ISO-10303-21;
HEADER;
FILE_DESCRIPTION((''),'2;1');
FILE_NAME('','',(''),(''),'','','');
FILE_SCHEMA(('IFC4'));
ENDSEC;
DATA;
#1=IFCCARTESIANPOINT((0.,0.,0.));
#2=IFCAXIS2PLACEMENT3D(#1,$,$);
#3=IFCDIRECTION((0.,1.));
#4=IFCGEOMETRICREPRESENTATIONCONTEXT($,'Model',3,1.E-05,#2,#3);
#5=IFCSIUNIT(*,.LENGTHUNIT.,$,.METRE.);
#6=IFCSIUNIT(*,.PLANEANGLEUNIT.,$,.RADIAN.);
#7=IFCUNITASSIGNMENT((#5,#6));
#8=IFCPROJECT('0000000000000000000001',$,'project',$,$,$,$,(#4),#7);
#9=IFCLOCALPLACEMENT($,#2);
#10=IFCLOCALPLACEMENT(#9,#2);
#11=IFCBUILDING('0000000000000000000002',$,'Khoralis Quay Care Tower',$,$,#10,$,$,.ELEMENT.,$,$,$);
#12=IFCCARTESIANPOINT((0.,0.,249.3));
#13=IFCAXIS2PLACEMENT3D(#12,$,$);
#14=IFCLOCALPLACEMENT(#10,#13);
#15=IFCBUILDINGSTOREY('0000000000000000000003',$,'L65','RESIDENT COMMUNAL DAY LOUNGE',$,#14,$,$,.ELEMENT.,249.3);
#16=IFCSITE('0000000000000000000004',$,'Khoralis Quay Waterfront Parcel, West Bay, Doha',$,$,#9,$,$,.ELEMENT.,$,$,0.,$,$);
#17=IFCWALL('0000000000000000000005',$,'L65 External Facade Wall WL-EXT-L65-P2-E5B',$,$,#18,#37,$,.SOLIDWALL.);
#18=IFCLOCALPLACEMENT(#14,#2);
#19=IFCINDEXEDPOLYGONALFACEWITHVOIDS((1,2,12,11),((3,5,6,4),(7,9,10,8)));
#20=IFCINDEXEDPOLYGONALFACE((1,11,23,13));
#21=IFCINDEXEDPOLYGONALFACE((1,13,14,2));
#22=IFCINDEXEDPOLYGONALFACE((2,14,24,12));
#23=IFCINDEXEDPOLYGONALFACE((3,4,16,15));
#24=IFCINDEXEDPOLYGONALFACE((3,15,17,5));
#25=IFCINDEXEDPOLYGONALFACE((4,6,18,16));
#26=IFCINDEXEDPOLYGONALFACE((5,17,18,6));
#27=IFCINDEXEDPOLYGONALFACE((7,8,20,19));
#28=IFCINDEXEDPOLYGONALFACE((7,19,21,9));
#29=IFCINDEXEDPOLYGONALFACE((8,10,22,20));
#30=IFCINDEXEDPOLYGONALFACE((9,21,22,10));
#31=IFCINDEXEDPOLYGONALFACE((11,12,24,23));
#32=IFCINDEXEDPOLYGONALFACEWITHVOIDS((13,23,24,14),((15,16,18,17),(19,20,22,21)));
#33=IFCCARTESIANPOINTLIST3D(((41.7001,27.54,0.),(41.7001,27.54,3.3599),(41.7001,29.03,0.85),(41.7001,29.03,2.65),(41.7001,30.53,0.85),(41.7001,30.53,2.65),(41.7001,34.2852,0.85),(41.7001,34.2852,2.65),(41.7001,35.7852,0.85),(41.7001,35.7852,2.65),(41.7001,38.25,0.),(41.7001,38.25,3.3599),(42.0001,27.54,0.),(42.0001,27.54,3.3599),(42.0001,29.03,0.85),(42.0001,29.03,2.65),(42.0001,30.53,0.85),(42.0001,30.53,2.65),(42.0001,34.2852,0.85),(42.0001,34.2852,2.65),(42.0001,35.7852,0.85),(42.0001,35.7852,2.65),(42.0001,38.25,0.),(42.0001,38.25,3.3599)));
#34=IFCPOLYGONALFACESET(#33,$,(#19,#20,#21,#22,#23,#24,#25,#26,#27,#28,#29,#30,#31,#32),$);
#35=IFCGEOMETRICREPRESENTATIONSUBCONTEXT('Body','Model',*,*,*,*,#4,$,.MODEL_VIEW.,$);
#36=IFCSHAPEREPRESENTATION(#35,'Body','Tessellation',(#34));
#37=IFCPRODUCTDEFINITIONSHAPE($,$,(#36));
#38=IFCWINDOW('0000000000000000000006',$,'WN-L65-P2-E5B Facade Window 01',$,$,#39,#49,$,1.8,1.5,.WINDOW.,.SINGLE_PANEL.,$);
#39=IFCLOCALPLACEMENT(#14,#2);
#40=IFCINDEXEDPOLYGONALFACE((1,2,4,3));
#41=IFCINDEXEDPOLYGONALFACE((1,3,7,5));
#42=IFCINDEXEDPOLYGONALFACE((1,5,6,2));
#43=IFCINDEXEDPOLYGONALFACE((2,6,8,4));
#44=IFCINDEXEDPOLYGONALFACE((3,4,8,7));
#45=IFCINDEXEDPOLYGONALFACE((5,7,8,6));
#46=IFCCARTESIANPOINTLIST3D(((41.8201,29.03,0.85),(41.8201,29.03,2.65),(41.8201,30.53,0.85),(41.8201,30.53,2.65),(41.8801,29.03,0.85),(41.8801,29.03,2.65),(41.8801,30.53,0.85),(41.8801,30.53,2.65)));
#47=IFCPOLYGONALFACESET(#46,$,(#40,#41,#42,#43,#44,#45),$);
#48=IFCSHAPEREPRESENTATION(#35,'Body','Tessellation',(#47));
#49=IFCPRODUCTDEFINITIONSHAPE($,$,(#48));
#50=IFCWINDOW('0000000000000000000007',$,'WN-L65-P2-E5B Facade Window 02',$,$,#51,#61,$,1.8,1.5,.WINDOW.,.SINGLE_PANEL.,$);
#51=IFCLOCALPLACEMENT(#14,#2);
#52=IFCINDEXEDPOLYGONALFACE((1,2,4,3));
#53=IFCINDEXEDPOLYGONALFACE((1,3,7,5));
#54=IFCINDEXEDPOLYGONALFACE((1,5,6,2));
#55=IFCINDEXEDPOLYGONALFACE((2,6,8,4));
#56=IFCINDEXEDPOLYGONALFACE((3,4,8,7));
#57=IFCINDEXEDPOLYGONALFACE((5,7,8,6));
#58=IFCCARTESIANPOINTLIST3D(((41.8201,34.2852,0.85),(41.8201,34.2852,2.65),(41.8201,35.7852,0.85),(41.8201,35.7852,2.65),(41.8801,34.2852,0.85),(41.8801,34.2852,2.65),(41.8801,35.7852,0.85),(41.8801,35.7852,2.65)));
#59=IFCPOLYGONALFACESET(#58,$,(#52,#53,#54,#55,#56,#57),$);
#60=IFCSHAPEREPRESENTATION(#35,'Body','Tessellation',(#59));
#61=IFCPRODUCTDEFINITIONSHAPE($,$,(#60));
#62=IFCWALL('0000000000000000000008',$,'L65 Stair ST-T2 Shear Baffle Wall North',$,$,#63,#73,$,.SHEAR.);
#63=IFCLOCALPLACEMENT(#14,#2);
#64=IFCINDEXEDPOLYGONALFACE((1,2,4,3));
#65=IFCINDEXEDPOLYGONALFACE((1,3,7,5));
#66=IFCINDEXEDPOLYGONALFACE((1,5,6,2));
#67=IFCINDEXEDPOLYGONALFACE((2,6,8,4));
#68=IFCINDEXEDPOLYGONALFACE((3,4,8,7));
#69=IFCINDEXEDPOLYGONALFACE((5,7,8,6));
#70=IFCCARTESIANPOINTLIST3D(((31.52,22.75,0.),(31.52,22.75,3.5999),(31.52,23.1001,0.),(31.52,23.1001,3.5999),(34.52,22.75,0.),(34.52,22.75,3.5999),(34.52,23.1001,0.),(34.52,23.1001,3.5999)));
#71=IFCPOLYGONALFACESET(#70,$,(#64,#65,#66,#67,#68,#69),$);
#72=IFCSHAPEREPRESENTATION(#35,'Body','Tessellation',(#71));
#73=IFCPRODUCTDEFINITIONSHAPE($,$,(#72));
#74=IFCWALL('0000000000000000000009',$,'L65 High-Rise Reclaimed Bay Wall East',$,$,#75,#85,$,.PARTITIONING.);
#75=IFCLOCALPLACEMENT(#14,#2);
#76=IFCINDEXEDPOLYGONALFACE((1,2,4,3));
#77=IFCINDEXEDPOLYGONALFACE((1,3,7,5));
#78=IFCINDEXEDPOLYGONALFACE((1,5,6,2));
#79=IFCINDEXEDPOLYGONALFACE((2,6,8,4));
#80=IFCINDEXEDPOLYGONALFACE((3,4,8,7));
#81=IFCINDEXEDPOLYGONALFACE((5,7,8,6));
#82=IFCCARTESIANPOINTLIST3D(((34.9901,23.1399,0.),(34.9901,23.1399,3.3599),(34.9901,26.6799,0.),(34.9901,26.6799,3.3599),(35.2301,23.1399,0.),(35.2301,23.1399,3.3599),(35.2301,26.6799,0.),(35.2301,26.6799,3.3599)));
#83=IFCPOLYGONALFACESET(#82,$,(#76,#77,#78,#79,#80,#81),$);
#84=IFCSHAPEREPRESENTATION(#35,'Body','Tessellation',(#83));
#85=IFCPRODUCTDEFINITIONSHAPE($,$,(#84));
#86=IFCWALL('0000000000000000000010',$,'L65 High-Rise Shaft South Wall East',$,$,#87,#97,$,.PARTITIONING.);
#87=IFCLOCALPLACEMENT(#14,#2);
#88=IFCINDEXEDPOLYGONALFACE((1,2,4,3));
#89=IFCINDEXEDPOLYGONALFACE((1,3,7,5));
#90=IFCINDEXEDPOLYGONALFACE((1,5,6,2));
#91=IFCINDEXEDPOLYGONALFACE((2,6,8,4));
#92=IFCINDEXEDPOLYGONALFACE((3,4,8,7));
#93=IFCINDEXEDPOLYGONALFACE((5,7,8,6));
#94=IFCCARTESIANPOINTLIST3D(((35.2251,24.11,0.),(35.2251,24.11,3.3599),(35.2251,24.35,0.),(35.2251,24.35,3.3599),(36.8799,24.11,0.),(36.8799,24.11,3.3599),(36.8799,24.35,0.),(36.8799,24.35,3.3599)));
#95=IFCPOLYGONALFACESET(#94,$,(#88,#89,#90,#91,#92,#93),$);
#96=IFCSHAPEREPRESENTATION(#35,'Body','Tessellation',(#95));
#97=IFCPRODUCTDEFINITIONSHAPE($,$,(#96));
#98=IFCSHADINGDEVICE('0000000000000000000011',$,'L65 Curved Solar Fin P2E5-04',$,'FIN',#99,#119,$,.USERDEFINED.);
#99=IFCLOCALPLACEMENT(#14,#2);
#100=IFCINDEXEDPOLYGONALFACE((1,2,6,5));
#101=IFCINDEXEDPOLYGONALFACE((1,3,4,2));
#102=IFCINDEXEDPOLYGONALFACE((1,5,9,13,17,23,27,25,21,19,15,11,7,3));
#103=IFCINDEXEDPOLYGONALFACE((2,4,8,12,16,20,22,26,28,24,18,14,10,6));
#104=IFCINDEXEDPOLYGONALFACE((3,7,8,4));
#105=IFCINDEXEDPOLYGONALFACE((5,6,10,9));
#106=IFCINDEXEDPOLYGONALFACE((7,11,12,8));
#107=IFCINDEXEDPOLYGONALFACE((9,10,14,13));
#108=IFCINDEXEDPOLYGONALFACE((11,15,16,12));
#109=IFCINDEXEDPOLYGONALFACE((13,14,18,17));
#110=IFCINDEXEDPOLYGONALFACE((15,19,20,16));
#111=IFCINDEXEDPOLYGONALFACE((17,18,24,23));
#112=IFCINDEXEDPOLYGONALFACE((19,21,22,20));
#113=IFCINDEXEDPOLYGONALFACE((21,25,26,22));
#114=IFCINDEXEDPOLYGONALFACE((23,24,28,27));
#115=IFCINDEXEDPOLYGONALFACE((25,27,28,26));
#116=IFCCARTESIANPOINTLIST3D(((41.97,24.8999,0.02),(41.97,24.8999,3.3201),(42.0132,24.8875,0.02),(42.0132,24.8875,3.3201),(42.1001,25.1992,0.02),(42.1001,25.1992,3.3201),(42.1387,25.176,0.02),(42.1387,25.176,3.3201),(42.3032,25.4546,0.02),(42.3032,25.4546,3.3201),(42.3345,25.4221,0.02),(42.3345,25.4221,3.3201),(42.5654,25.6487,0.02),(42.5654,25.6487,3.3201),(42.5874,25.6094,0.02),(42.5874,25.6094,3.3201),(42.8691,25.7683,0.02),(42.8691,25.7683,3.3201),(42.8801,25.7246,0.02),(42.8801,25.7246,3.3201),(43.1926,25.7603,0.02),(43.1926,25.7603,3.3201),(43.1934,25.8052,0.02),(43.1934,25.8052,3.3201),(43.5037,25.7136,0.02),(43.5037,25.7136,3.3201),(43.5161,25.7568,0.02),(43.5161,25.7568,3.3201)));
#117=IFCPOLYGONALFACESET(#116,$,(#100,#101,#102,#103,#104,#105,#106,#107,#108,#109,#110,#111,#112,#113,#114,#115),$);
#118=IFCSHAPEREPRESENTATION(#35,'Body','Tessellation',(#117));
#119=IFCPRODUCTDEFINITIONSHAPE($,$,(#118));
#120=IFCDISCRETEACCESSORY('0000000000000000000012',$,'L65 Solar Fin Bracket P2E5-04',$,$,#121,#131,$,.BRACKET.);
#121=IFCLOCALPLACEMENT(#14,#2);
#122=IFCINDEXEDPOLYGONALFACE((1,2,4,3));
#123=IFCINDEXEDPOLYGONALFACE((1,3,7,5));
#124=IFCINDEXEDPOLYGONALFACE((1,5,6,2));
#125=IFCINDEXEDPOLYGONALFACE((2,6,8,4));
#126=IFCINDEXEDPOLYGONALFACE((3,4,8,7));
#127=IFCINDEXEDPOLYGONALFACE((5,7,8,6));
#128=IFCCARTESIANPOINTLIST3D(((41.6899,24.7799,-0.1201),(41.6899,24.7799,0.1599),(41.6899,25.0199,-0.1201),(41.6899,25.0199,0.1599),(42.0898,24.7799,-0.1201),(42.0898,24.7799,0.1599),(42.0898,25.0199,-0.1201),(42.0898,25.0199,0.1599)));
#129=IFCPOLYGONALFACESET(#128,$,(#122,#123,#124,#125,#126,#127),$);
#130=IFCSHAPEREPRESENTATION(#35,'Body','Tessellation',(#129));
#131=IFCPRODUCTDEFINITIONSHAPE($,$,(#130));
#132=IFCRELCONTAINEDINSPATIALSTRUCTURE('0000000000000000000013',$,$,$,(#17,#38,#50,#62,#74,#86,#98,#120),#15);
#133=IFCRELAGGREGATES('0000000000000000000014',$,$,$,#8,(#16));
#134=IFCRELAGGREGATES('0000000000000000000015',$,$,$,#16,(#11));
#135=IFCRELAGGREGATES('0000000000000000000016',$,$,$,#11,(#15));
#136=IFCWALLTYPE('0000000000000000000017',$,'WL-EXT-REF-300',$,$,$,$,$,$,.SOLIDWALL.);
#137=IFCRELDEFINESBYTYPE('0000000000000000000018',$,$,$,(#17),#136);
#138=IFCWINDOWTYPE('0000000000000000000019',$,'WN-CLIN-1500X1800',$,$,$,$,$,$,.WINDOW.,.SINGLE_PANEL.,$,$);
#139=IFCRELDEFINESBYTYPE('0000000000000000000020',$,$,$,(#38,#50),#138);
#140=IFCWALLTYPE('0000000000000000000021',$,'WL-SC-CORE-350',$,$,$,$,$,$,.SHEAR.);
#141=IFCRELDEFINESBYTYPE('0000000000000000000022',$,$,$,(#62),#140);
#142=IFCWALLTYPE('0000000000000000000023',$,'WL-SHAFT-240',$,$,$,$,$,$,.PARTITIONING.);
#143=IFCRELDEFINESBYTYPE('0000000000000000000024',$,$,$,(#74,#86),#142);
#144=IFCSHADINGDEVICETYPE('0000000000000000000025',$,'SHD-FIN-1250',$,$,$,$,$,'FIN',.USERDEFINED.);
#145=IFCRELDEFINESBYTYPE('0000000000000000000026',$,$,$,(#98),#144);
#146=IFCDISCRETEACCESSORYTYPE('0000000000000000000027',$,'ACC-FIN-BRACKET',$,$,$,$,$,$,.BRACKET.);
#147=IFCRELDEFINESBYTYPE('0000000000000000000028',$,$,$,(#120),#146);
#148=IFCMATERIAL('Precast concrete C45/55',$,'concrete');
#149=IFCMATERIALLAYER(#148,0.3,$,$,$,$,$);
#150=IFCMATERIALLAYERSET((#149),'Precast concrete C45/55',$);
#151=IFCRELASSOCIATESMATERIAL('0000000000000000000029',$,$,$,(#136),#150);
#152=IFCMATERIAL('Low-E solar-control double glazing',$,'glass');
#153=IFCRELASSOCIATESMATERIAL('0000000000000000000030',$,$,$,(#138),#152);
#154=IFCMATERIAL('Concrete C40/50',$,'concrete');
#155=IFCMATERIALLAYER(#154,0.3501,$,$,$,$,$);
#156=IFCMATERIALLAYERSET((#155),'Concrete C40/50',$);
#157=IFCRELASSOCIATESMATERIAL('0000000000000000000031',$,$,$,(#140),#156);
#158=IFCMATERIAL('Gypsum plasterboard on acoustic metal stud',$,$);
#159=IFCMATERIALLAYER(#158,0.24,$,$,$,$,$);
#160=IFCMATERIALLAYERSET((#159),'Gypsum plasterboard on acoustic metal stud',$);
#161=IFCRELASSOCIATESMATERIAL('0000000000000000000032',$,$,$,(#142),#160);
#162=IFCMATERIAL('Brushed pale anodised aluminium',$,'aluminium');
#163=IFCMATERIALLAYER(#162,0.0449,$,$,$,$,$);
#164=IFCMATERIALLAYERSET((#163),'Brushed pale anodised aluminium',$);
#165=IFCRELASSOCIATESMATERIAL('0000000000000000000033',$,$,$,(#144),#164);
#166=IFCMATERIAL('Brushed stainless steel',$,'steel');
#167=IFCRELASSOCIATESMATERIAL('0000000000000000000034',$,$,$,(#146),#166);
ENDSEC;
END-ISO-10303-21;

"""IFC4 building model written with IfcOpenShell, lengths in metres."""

from ifc_helpers import new_model, si_unit, direction, frame, frame_2d, origin, origin_2d, place, context, subcontext, project, spatial, polyline, rectangle, outline, extrude, source, transform, mapped, material, layer, layer_set, type_object, element, fill, save


model = new_model("IFC4")

# Units and contexts
model_context = context("Model", 3, precision=1e-05, world=origin(), true_north=direction((0.0, 1.0)))
body_context = subcontext(model_context, "Body", "Model", "MODEL_VIEW")
ifc_project = project(units=[si_unit("LENGTHUNIT", "METRE"), si_unit("PLANEANGLEUNIT", "RADIAN")], contexts=[model_context])

# Site, building, storey
site_placement = place(None, origin())
site = spatial("IfcSite", under=ifc_project, at=site_placement, Name="Khoralis Quay Waterfront Parcel, West Bay, Doha", CompositionType="ELEMENT", RefElevation=0.0)
building_placement = place(site_placement, origin())
building = spatial("IfcBuilding", under=site, at=building_placement, Name="Khoralis Quay Care Tower", CompositionType="ELEMENT")
storey_placement = place(building_placement, frame((0.0, 0.0, 249.3)))
storey = spatial("IfcBuildingStorey", under=building, at=storey_placement, Name="L65", Description="RESIDENT COMMUNAL DAY LOUNGE", CompositionType="ELEMENT", Elevation=249.3)

# Shared definitions
ifc_material_1 = material(Name="Low-E solar-control double glazing", Category="glass")

# Shared definitions
ifc_material_2 = material(Name="Brushed stainless steel", Category="steel")

# Shared definitions
ifc_material_3 = material(Name="Gypsum plasterboard on acoustic metal stud")

# Wall, openings, windows
ifc_material_4 = material(Name="Precast concrete C45/55", Category="concrete")
ifc_layer_1 = layer(ifc_material_4, 0.3)
ifc_layer_set_1 = layer_set([ifc_layer_1], Name="Precast concrete C45/55")
wall_type_1 = type_object("IfcWallType", Name="WL-EXT-REF-300", PredefinedType="SOLIDWALL", material=ifc_layer_set_1)
wall_1_placement = place(storey_placement, frame((41.8501, 27.54, 0.0), z_axis=(0.0, 0.0, 1.0), x_axis=(0.0, 1.0, 0.0)))
wall_1 = element("IfcWall", 1, at=wall_1_placement, inside=storey, type_object=wall_type_1, Name="L65 External Facade Wall WL-EXT-L65-P2-E5B", PredefinedType="SOLIDWALL", context=body_context, shape_type="SweptSolid", body=[
    extrude(rectangle(XDim=10.71, YDim=0.3, at=frame_2d((5.355, 0.0))), origin(), (0.0, 0.0, 1.0), 3.3599),
])
opening_1_placement = place(wall_1_placement, frame((1.49, 0.0, 0.8501)))
opening_1 = element("IfcOpeningElement", 2, at=opening_1_placement, cuts=wall_1, PredefinedType="OPENING", context=body_context, shape_type="SweptSolid", body=[
    extrude(rectangle(XDim=1.5, YDim=1.8, at=frame_2d((0.75, 0.8999))), frame((0.0, 0.1602, 0.0), z_axis=(0.0, -1.0, 0.0), x_axis=(1.0, 0.0, 0.0)), (0.0, 0.0, 1.0), 0.3201),
])
opening_2_placement = place(wall_1_placement, frame((6.7451, 0.0, 0.8501)))
opening_2 = element("IfcOpeningElement", 3, at=opening_2_placement, cuts=wall_1, PredefinedType="OPENING", context=body_context, shape_type="SweptSolid", body=[
    extrude(rectangle(XDim=1.5, YDim=1.8, at=frame_2d((0.75, 0.8999))), frame((0.0, 0.1602, 0.0), z_axis=(0.0, -1.0, 0.0), x_axis=(1.0, 0.0, 0.0)), (0.0, 0.0, 1.0), 0.3201),
])
window_type = type_object("IfcWindowType", Name="WN-CLIN-1500X1800", PartitioningType="SINGLE_PANEL", PredefinedType="WINDOW", material=ifc_material_1)
shared_shape_1 = source(origin(), body_context, "Body", "SweptSolid", [
    extrude(rectangle(XDim=1.5, YDim=1.8, at=frame_2d((0.75, 0.8999))), frame((0.0, 0.03, 0.0), z_axis=(0.0, -1.0, 0.0), x_axis=(1.0, 0.0, 0.0)), (0.0, 0.0, 1.0), 0.0601),
])
window_1_placement = place(opening_1_placement, origin())
window_1 = element("IfcWindow", 4, at=window_1_placement, inside=storey, type_object=window_type, Name="WN-L65-P2-E5B Facade Window 01", OverallHeight=1.8, OverallWidth=1.5, PartitioningType="SINGLE_PANEL", PredefinedType="WINDOW", context=body_context, shape_type="MappedRepresentation", body=[
    mapped(shared_shape_1, transform((0.0, 0.0, 0.0), scale=1.0)),
])
fill(opening_1, window_1)
window_2_placement = place(opening_2_placement, origin())
window_2 = element("IfcWindow", 5, at=window_2_placement, inside=storey, type_object=window_type, Name="WN-L65-P2-E5B Facade Window 02", OverallHeight=1.8, OverallWidth=1.5, PartitioningType="SINGLE_PANEL", PredefinedType="WINDOW", context=body_context, shape_type="MappedRepresentation", body=[
    mapped(shared_shape_1, transform((0.0, 0.0, 0.0), scale=1.0)),
])
fill(opening_2, window_2)

# Walls
ifc_material_5 = material(Name="Concrete C40/50", Category="concrete")
ifc_layer_2 = layer(ifc_material_5, 0.3501)
ifc_layer_set_2 = layer_set([ifc_layer_2], Name="Concrete C40/50")
wall_type_2 = type_object("IfcWallType", Name="WL-SC-CORE-350", PredefinedType="SHEAR", material=ifc_layer_set_2)
wall_2_placement = place(storey_placement, frame((31.52, 22.925, 0.0), z_axis=(0.0, 0.0, 1.0), x_axis=(1.0, 0.0, 0.0)))
element("IfcWall", 6, at=wall_2_placement, inside=storey, type_object=wall_type_2, Name="L65 Stair ST-T2 Shear Baffle Wall North", PredefinedType="SHEAR", context=body_context, shape_type="SweptSolid", body=[
    extrude(rectangle(XDim=3.0, YDim=0.3501, at=frame_2d((1.5, 0.0))), origin(), (0.0, 0.0, 1.0), 3.5999),
])
ifc_layer_3 = layer(ifc_material_3, 0.24)
ifc_layer_set_3 = layer_set([ifc_layer_3], Name="Gypsum plasterboard on acoustic metal stud")
wall_type_3 = type_object("IfcWallType", Name="WL-SHAFT-240", PredefinedType="PARTITIONING", material=ifc_layer_set_3)
wall_3_placement = place(storey_placement, frame((35.1101, 23.1399, 0.0), z_axis=(0.0, 0.0, 1.0), x_axis=(0.0, 1.0, 0.0)))
element("IfcWall", 7, at=wall_3_placement, inside=storey, type_object=wall_type_3, Name="L65 High-Rise Reclaimed Bay Wall East", PredefinedType="PARTITIONING", context=body_context, shape_type="SweptSolid", body=[
    extrude(rectangle(XDim=3.54, YDim=0.24, at=frame_2d((1.77, 0.0))), origin(), (0.0, 0.0, 1.0), 3.3599),
])
wall_4_placement = place(storey_placement, frame((35.2251, 24.23, 0.0), z_axis=(0.0, 0.0, 1.0), x_axis=(1.0, 0.0, 0.0)))
element("IfcWall", 8, at=wall_4_placement, inside=storey, type_object=wall_type_3, Name="L65 High-Rise Shaft South Wall East", PredefinedType="PARTITIONING", context=body_context, shape_type="SweptSolid", body=[
    extrude(rectangle(XDim=1.6548, YDim=0.24, at=frame_2d((0.8274, 0.0))), origin(), (0.0, 0.0, 1.0), 3.3599),
])

# Shading device
ifc_material_6 = material(Name="Brushed pale anodised aluminium", Category="aluminium")
ifc_layer_4 = layer(ifc_material_6, 0.0449)
ifc_layer_set_4 = layer_set([ifc_layer_4], Name="Brushed pale anodised aluminium")
shading_device_type = type_object("IfcShadingDeviceType", Name="SHD-FIN-1250", ElementType="FIN", PredefinedType="USERDEFINED", material=ifc_layer_set_4)
shared_shape_2 = source(origin(), body_context, "Body", "SweptSolid", [
    extrude(outline(polyline([(0.0, 0.0), (0.1301, 0.2993), (0.3333, 0.5547), (0.5955, 0.7488), (0.8992, 0.8684), (1.2234, 0.9053), (1.5461, 0.8569), (1.5337, 0.8137), (1.2227, 0.8604), (0.9102, 0.8247), (0.6174, 0.7095), (0.3645, 0.5222), (0.1687, 0.2761), (0.0432, -0.0125), (0.0, 0.0)])), origin(), (0.0, 0.0, 1.0), 3.3),
])
shading_device_placement = place(storey_placement, frame((41.97, 24.8999, 0.02), z_axis=(0.0, 0.0, 1.0), x_axis=(1.0, 0.0, 0.0)))
element("IfcShadingDevice", 9, at=shading_device_placement, inside=storey, type_object=shading_device_type, Name="L65 Curved Solar Fin P2E5-04", ObjectType="FIN", PredefinedType="USERDEFINED", context=body_context, shape_type="MappedRepresentation", body=[
    mapped(shared_shape_2, transform((0.0, 0.0, 0.0), scale=1.0)),
])

# Discrete accessory
discrete_accessory_type = type_object("IfcDiscreteAccessoryType", Name="ACC-FIN-BRACKET", PredefinedType="BRACKET", material=ifc_material_2)
shared_shape_3 = source(origin(), body_context, "Body", "SweptSolid", [
    extrude(rectangle(XDim=0.3999, YDim=0.24, at=origin_2d()), origin(), (0.0, 0.0, 1.0), 0.28),
])
discrete_accessory_placement = place(storey_placement, frame((41.8899, 24.8999, -0.1201), z_axis=(0.0, 0.0, 1.0), x_axis=(1.0, 0.0, 0.0)))
element("IfcDiscreteAccessory", 10, at=discrete_accessory_placement, inside=storey, type_object=discrete_accessory_type, Name="L65 Solar Fin Bracket P2E5-04", PredefinedType="BRACKET", context=body_context, shape_type="MappedRepresentation", body=[
    mapped(shared_shape_3, transform((0.0, 0.0, 0.0), scale=1.0)),
])

save(model, "model.ifc")
